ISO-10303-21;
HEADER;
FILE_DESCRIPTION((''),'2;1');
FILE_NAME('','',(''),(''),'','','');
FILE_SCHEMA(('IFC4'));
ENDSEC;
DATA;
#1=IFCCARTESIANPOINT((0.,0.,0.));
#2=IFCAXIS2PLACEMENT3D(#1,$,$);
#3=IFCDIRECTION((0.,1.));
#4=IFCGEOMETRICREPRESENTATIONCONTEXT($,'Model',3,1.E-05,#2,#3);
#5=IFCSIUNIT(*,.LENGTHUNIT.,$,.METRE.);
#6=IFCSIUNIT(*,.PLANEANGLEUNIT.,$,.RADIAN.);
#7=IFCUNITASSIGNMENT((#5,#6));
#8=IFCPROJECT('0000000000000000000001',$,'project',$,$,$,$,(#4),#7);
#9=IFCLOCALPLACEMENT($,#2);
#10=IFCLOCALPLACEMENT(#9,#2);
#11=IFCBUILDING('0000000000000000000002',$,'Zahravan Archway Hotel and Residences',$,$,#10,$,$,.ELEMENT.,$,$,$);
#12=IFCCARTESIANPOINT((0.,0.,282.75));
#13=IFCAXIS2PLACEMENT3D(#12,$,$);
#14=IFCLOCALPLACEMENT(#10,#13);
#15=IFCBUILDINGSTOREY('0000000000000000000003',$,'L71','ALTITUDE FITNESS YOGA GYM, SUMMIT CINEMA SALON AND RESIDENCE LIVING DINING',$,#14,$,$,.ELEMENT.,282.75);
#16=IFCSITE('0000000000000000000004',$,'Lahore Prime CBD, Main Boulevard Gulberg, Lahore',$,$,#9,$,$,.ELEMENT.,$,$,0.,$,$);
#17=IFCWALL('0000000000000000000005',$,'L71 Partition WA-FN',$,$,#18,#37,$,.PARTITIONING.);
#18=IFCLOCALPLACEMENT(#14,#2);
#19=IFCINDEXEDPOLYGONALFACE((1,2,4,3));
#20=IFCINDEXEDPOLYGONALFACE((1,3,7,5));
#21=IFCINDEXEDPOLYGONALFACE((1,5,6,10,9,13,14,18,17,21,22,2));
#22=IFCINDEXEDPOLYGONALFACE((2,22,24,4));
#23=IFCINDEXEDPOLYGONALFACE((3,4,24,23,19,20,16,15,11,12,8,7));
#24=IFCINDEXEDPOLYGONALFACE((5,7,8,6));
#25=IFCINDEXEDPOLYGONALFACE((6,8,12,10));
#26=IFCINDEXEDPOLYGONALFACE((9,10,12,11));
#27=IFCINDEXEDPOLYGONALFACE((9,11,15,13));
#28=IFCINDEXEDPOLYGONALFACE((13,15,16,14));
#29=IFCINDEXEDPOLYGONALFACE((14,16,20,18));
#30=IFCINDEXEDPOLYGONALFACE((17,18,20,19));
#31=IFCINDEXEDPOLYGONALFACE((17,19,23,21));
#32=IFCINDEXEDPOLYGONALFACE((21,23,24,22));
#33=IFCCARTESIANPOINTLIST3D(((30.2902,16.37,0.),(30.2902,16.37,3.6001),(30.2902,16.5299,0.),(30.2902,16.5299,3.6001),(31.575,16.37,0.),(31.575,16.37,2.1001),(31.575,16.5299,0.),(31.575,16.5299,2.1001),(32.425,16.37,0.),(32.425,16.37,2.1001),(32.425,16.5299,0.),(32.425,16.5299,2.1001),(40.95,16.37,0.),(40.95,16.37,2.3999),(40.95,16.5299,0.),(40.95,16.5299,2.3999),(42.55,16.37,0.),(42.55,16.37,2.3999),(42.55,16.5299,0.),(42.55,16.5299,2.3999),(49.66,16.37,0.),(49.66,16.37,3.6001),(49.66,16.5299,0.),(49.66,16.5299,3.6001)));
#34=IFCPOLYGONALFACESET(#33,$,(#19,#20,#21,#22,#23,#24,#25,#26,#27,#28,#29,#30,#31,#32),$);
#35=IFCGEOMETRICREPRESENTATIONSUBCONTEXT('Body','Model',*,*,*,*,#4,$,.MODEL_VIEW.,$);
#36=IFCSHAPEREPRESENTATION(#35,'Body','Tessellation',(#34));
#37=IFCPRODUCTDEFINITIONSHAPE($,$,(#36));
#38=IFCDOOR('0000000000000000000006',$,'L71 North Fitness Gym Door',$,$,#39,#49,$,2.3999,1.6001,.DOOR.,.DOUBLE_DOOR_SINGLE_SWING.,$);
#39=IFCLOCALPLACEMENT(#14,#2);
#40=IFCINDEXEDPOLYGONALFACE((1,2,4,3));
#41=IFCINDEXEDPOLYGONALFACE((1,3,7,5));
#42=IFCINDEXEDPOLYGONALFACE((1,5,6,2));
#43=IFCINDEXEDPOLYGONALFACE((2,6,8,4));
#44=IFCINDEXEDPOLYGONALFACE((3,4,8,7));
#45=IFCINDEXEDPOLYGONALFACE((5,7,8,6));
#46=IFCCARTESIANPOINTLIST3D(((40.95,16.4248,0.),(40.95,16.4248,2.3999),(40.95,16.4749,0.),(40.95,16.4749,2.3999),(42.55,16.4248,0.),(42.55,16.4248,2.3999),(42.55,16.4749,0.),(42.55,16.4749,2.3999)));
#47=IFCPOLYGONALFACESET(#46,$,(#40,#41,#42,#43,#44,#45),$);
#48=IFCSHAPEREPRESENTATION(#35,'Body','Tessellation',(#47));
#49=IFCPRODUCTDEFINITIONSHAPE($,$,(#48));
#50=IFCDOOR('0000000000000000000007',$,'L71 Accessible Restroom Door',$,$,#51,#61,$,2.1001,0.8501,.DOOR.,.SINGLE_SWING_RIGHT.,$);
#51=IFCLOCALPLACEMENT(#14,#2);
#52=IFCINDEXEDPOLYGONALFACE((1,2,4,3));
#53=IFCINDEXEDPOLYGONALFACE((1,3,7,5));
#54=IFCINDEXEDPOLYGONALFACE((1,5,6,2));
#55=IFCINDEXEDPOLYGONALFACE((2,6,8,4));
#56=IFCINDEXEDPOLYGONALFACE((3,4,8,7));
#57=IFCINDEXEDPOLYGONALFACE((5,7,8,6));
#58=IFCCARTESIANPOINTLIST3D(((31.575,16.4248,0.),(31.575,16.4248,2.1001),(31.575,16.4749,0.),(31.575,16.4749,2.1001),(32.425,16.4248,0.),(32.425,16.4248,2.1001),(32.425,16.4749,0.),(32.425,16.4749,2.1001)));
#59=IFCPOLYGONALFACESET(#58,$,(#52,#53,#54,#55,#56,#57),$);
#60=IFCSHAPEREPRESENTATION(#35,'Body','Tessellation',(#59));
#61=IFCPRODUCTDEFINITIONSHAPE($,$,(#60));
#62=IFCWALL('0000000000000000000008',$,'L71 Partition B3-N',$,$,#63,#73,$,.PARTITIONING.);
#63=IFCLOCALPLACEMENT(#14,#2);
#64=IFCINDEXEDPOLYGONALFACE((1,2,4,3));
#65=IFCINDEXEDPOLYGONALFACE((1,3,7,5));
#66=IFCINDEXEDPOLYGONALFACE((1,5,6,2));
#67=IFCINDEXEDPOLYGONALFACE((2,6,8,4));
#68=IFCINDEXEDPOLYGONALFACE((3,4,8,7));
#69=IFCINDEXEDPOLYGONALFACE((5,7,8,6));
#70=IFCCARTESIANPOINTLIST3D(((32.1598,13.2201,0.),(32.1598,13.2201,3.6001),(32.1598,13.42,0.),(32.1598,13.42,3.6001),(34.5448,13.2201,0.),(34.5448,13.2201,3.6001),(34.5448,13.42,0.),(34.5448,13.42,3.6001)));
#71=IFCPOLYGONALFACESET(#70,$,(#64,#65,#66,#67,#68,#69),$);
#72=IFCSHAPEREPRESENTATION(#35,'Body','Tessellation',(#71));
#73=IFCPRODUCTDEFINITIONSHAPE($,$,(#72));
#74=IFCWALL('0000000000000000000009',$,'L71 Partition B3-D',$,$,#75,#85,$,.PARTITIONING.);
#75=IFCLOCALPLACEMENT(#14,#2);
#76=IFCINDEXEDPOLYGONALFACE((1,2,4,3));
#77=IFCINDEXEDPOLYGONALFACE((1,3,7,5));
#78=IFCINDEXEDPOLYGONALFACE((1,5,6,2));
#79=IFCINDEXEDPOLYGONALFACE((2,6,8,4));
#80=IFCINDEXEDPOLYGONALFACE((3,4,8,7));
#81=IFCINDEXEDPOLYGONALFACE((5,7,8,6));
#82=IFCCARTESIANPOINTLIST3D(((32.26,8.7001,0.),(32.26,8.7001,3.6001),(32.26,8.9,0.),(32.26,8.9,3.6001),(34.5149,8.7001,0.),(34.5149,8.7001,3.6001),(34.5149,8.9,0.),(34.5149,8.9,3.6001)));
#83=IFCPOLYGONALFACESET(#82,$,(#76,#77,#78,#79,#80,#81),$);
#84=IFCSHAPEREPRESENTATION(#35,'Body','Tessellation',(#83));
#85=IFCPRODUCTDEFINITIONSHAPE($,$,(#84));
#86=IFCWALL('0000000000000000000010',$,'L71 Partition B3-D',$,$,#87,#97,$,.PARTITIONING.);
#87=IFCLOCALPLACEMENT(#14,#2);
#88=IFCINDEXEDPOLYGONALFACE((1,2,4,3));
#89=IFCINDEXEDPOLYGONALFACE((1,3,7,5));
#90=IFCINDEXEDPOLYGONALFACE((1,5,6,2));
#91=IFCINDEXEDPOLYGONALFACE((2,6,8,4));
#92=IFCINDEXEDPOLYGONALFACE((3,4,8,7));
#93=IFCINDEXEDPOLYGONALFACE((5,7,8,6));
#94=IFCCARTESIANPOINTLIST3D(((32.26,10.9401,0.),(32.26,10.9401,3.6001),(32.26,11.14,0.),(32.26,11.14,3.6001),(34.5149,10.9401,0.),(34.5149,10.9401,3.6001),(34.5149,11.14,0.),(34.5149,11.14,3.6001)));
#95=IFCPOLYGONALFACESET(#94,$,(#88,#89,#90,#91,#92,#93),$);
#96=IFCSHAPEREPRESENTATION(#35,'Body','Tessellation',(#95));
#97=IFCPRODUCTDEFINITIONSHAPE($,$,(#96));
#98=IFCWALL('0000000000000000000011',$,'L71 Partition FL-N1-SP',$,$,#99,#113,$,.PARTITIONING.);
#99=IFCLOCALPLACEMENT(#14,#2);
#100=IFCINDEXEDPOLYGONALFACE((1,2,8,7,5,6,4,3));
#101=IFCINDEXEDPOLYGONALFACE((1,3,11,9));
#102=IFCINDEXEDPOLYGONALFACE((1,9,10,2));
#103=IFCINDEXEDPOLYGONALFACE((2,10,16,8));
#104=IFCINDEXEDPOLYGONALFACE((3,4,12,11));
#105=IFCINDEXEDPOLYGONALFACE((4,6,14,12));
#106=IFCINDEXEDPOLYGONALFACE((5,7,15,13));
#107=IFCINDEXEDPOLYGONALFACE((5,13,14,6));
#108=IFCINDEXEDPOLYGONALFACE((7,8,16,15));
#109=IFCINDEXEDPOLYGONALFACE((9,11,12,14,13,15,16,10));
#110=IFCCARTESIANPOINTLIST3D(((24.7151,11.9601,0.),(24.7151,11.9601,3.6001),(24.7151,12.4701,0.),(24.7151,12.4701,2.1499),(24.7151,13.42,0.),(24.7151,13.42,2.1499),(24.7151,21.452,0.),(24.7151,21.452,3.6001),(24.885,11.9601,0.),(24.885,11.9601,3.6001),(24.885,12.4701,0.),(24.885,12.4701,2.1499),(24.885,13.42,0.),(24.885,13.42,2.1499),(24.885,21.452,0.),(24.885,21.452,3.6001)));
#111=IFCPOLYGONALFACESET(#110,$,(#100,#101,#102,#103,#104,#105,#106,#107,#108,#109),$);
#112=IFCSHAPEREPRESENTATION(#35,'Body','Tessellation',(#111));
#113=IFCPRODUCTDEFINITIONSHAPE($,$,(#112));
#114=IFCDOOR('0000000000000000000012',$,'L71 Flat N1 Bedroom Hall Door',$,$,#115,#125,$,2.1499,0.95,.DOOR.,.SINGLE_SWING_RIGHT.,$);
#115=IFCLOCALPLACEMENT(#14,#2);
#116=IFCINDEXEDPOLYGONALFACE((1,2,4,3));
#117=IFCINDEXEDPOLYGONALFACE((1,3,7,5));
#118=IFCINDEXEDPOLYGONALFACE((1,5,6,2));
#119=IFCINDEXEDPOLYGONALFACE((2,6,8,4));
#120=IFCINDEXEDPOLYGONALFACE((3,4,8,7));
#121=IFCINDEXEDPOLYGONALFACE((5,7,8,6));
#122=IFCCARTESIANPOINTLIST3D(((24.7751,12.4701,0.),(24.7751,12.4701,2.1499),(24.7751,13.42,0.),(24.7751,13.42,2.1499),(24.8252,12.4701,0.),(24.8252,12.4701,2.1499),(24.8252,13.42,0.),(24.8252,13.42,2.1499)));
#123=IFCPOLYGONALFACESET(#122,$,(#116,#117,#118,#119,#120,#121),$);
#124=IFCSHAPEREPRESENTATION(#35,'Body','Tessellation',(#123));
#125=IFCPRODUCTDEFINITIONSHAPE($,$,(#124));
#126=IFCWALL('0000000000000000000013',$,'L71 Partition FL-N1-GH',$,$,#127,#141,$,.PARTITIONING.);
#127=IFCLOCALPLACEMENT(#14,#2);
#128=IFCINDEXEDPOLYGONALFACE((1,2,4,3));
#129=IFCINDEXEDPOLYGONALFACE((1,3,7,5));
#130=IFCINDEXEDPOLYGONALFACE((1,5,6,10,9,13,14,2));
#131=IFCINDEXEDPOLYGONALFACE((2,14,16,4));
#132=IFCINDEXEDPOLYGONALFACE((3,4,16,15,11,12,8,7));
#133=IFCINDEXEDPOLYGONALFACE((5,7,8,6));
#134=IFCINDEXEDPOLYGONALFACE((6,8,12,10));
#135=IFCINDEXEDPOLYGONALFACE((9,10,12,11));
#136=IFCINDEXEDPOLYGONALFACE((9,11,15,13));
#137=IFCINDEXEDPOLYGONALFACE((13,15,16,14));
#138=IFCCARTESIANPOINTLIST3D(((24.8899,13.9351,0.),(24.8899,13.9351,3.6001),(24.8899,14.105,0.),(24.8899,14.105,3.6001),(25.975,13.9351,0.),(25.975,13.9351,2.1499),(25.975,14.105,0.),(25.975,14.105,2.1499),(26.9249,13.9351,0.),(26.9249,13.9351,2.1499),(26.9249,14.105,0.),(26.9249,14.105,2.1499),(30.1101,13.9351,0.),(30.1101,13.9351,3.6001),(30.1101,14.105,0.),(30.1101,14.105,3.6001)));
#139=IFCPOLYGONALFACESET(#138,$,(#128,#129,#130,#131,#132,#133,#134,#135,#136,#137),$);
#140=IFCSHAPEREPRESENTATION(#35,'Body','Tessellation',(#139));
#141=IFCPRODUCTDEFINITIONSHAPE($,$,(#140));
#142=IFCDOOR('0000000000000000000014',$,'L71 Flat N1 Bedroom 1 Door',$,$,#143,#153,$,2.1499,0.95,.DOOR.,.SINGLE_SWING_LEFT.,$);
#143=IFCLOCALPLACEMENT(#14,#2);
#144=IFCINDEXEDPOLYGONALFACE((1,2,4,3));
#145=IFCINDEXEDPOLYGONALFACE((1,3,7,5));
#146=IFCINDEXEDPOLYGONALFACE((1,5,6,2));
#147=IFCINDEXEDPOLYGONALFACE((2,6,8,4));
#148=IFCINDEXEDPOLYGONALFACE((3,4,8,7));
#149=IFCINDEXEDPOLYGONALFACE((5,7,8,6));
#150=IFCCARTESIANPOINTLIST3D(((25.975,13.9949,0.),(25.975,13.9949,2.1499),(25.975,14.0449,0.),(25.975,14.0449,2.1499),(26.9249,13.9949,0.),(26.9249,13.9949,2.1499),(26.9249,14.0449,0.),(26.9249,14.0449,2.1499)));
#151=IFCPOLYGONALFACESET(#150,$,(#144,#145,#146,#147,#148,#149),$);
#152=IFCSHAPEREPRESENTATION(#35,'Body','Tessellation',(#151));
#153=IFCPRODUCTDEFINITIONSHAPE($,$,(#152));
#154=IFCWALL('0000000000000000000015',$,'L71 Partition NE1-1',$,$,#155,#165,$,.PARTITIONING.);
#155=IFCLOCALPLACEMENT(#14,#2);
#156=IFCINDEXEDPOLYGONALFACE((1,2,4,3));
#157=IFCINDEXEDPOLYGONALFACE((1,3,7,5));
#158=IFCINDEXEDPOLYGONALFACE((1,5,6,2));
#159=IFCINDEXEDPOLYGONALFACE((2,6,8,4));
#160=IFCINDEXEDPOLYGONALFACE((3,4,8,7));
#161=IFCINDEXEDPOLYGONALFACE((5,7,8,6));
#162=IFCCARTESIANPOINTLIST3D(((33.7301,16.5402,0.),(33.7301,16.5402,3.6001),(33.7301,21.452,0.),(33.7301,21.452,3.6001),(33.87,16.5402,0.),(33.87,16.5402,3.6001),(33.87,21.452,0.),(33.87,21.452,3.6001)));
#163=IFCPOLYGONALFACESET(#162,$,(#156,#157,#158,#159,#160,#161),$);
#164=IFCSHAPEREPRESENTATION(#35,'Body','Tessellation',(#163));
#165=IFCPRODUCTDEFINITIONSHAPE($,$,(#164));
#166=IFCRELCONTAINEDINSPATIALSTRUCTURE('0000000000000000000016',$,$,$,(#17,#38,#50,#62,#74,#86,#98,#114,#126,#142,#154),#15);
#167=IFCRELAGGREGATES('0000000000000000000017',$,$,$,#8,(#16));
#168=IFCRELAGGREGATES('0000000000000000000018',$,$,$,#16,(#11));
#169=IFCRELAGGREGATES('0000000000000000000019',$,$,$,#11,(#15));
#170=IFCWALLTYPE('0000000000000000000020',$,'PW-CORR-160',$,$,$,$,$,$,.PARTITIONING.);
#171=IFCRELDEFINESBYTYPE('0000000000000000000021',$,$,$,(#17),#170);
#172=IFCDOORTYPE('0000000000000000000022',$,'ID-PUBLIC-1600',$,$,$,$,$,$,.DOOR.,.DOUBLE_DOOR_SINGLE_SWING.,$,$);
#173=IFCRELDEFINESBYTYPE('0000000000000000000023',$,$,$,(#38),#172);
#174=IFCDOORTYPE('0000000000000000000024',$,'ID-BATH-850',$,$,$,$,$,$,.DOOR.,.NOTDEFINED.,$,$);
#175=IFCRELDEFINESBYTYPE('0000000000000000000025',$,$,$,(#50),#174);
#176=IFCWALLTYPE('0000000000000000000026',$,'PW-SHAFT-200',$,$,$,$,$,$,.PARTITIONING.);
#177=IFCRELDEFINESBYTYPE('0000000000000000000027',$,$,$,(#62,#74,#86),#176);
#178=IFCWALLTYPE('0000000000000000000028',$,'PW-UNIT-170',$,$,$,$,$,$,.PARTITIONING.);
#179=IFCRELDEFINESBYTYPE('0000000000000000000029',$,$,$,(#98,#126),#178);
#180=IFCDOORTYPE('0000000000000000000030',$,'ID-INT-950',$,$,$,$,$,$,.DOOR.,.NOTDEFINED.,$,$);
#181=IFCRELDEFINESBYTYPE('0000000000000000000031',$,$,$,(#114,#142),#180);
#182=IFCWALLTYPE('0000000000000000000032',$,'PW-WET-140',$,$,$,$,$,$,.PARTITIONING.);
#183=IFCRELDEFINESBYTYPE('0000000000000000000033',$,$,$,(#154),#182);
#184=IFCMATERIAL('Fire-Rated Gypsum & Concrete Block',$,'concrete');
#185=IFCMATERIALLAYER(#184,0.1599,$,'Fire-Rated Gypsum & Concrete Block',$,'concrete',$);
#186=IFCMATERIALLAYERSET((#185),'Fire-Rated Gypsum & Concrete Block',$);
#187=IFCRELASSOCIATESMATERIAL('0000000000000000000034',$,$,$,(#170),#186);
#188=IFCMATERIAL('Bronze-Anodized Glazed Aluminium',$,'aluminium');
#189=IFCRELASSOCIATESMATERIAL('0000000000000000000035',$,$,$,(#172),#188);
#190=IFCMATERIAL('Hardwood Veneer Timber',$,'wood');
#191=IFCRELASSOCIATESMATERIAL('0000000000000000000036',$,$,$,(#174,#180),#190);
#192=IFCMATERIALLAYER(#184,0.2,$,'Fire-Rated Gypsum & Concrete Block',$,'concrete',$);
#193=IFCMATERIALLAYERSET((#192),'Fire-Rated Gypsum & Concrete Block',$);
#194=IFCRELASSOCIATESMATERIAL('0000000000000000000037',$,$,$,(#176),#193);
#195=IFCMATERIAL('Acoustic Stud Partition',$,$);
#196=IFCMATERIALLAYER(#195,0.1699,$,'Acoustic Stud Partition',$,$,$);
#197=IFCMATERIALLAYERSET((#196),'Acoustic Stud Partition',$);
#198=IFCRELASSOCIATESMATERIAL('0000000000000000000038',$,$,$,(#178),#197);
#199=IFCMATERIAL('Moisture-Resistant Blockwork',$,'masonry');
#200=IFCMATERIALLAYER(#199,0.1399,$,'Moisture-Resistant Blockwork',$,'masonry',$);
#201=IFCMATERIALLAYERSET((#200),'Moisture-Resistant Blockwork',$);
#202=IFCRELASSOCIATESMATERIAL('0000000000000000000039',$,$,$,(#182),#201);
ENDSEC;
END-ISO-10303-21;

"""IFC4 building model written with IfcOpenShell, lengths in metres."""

from ifc_helpers import new_model, si_unit, direction, frame, frame_2d, origin, place, context, subcontext, project, spatial, rectangle, extrude, source, transform, mapped, material, layer, layer_set, type_object, type_shapes, element, fill, save


model = new_model("IFC4")

# Units and contexts
model_context = context("Model", 3, precision=1e-05, world=origin(), true_north=direction((0.0, 1.0)))
body_context = subcontext(model_context, "Body", "Model", "MODEL_VIEW")
ifc_project = project(units=[si_unit("LENGTHUNIT", "METRE"), si_unit("PLANEANGLEUNIT", "RADIAN")], contexts=[model_context])

# Site, building, storey
site_placement = place(None, origin())
site = spatial("IfcSite", under=ifc_project, at=site_placement, Name="Lahore Prime CBD, Main Boulevard Gulberg, Lahore", CompositionType="ELEMENT", RefElevation=0.0)
building_placement = place(site_placement, origin())
building = spatial("IfcBuilding", under=site, at=building_placement, Name="Zahravan Archway Hotel and Residences", CompositionType="ELEMENT")
storey_placement = place(building_placement, frame((0.0, 0.0, 282.75)))
storey = spatial("IfcBuildingStorey", under=building, at=storey_placement, Name="L71", Description="ALTITUDE FITNESS YOGA GYM, SUMMIT CINEMA SALON AND RESIDENCE LIVING DINING", CompositionType="ELEMENT", Elevation=282.75)

# Shared definitions
ifc_material_1 = material(Name="Fire-Rated Gypsum & Concrete Block", Category="concrete")
ifc_layer_1 = layer(ifc_material_1, 0.1599, Name="Fire-Rated Gypsum & Concrete Block", Category="concrete")
ifc_layer_set_1 = layer_set([ifc_layer_1], Name="Fire-Rated Gypsum & Concrete Block")
wall_type_1 = type_object("IfcWallType", Name="PW-CORR-160", PredefinedType="PARTITIONING", material=ifc_layer_set_1)

# Wall, openings, doors
wall_1_placement = place(storey_placement, frame((30.29, 16.45, 0.0), z_axis=(0.0, 0.0, 1.0), x_axis=(1.0, 0.0, 0.0)))
wall_1 = element("IfcWall", 1, at=wall_1_placement, inside=storey, type_object=wall_type_1, Name="L71 Partition WA-FN", PredefinedType="PARTITIONING", context=body_context, shape_type="SweptSolid", body=[
    extrude(rectangle(XDim=19.3699, YDim=0.1599, at=frame_2d((9.6851, 0.0))), origin(), (0.0, 0.0, 1.0), 3.6001),
])
opening_1_placement = place(wall_1_placement, frame((1.2849, 0.0, 0.0)))
opening_1 = element("IfcOpeningElement", 2, at=opening_1_placement, cuts=wall_1, PredefinedType="OPENING", context=body_context, shape_type="SweptSolid", body=[
    extrude(rectangle(XDim=0.8501, YDim=2.1001, at=frame_2d((0.425, 1.05))), frame((0.0, 0.0898, 0.0), z_axis=(0.0, -1.0, 0.0), x_axis=(1.0, 0.0, 0.0)), (0.0, 0.0, 1.0), 0.1799),
])
opening_2_placement = place(wall_1_placement, frame((10.6599, 0.0, 0.0)))
opening_2 = element("IfcOpeningElement", 3, at=opening_2_placement, cuts=wall_1, PredefinedType="OPENING", context=body_context, shape_type="SweptSolid", body=[
    extrude(rectangle(XDim=1.6001, YDim=2.3999, at=frame_2d((0.8, 1.2))), frame((0.0, 0.0898, 0.0), z_axis=(0.0, -1.0, 0.0), x_axis=(1.0, 0.0, 0.0)), (0.0, 0.0, 1.0), 0.1799),
])
ifc_material_2 = material(Name="Bronze-Anodized Glazed Aluminium", Category="aluminium")
door_type_1 = type_object("IfcDoorType", Name="ID-PUBLIC-1600", OperationType="DOUBLE_DOOR_SINGLE_SWING", PredefinedType="DOOR", material=ifc_material_2)
shared_shape_1 = source(origin(), body_context, "Body", "SweptSolid", [
    extrude(rectangle(XDim=1.6001, YDim=2.3999, at=frame_2d((0.8, 1.2))), frame((0.0, 0.0249, 0.0), z_axis=(0.0, -1.0, 0.0), x_axis=(1.0, 0.0, 0.0)), (0.0, 0.0, 1.0), 0.05),
])
type_shapes(door_type_1, [shared_shape_1])
door_1_placement = place(opening_2_placement, origin())
door_1 = element("IfcDoor", 4, at=door_1_placement, inside=storey, type_object=door_type_1, Name="L71 North Fitness Gym Door", OperationType="DOUBLE_DOOR_SINGLE_SWING", OverallHeight=2.3999, OverallWidth=1.6001, PredefinedType="DOOR", context=body_context, shape_type="MappedRepresentation", body=[
    mapped(shared_shape_1, transform((0.0, 0.0, 0.0), scale=1.0)),
])
fill(opening_2, door_1)
ifc_material_3 = material(Name="Hardwood Veneer Timber", Category="wood")
door_type_2 = type_object("IfcDoorType", Name="ID-BATH-850", OperationType="NOTDEFINED", PredefinedType="DOOR", material=ifc_material_3)
shared_shape_2 = source(origin(), body_context, "Body", "SweptSolid", [
    extrude(rectangle(XDim=0.8501, YDim=2.1001, at=frame_2d((0.425, 1.05))), frame((0.0, 0.0249, 0.0), z_axis=(0.0, -1.0, 0.0), x_axis=(1.0, 0.0, 0.0)), (0.0, 0.0, 1.0), 0.05),
])
type_shapes(door_type_2, [shared_shape_2])
door_2_placement = place(opening_1_placement, origin())
door_2 = element("IfcDoor", 5, at=door_2_placement, inside=storey, type_object=door_type_2, Name="L71 Accessible Restroom Door", OperationType="SINGLE_SWING_RIGHT", OverallHeight=2.1001, OverallWidth=0.8501, PredefinedType="DOOR", context=body_context, shape_type="MappedRepresentation", body=[
    mapped(shared_shape_2, transform((0.0, 0.0, 0.0), scale=1.0)),
])
fill(opening_1, door_2)

# Walls
ifc_layer_2 = layer(ifc_material_1, 0.2, Name="Fire-Rated Gypsum & Concrete Block", Category="concrete")
ifc_layer_set_2 = layer_set([ifc_layer_2], Name="Fire-Rated Gypsum & Concrete Block")
wall_type_2 = type_object("IfcWallType", Name="PW-SHAFT-200", PredefinedType="PARTITIONING", material=ifc_layer_set_2)
wall_2_placement = place(storey_placement, frame((32.1599, 13.3201, 0.0), z_axis=(0.0, 0.0, 1.0), x_axis=(1.0, 0.0, 0.0)))
element("IfcWall", 6, at=wall_2_placement, inside=storey, type_object=wall_type_2, Name="L71 Partition B3-N", PredefinedType="PARTITIONING", context=body_context, shape_type="SweptSolid", body=[
    extrude(rectangle(XDim=2.385, YDim=0.2, at=frame_2d((1.1924, 0.0))), origin(), (0.0, 0.0, 1.0), 3.6001),
])
for number, where, z_axis, x_axis, name in (
    (7, (32.26, 8.8, 0.0), (0.0, 0.0, 1.0), (1.0, 0.0, 0.0), "L71 Partition B3-D"),
    (8, (32.26, 11.04, 0.0), (0.0, 0.0, 1.0), (1.0, 0.0, 0.0), "L71 Partition B3-D"),
):
    element("IfcWall", number, at=place(storey_placement, frame(where, z_axis=z_axis, x_axis=x_axis)), inside=storey, type_object=wall_type_2, Name=name, PredefinedType="PARTITIONING", context=body_context, shape_type="SweptSolid", body=[
        extrude(rectangle(XDim=2.2549, YDim=0.2, at=frame_2d((1.1274, 0.0))), origin(), (0.0, 0.0, 1.0), 3.6001),
    ])

# Walls, openings, doors
ifc_material_4 = material(Name="Acoustic Stud Partition")
ifc_layer_3 = layer(ifc_material_4, 0.1699, Name="Acoustic Stud Partition")
ifc_layer_set_3 = layer_set([ifc_layer_3], Name="Acoustic Stud Partition")
wall_type_3 = type_object("IfcWallType", Name="PW-UNIT-170", PredefinedType="PARTITIONING", material=ifc_layer_set_3)
wall_3_placement = place(storey_placement, frame((24.8, 11.96, 0.0), z_axis=(0.0, 0.0, 1.0), x_axis=(0.0, 1.0, 0.0)))
wall_3 = element("IfcWall", 9, at=wall_3_placement, inside=storey, type_object=wall_type_3, Name="L71 Partition FL-N1-SP", PredefinedType="PARTITIONING", context=body_context, shape_type="SweptSolid", body=[
    extrude(rectangle(XDim=9.4919, YDim=0.1699, at=frame_2d((4.7461, 0.0))), origin(), (0.0, 0.0, 1.0), 3.6001),
])
opening_3_placement = place(wall_3_placement, frame((0.51, 0.0, 0.0)))
opening_3 = element("IfcOpeningElement", 10, at=opening_3_placement, cuts=wall_3, PredefinedType="OPENING", context=body_context, shape_type="SweptSolid", body=[
    extrude(rectangle(XDim=0.95, YDim=2.1499, at=frame_2d((0.4751, 1.075))), frame((0.0, 0.095, 0.0), z_axis=(0.0, -1.0, 0.0), x_axis=(1.0, 0.0, 0.0)), (0.0, 0.0, 1.0), 0.1899),
])
door_type_3 = type_object("IfcDoorType", Name="ID-INT-950", OperationType="NOTDEFINED", PredefinedType="DOOR", material=ifc_material_3)
shared_shape_3 = source(origin(), body_context, "Body", "SweptSolid", [
    extrude(rectangle(XDim=0.95, YDim=2.1499, at=frame_2d((0.4751, 1.075))), frame((0.0, 0.0249, 0.0), z_axis=(0.0, -1.0, 0.0), x_axis=(1.0, 0.0, 0.0)), (0.0, 0.0, 1.0), 0.05),
])
type_shapes(door_type_3, [shared_shape_3])
door_3_placement = place(opening_3_placement, origin())
door_3 = element("IfcDoor", 11, at=door_3_placement, inside=storey, type_object=door_type_3, Name="L71 Flat N1 Bedroom Hall Door", OperationType="SINGLE_SWING_RIGHT", OverallHeight=2.1499, OverallWidth=0.95, PredefinedType="DOOR", context=body_context, shape_type="MappedRepresentation", body=[
    mapped(shared_shape_3, transform((0.0, 0.0, 0.0), scale=1.0)),
])
fill(opening_3, door_3)
wall_4_placement = place(storey_placement, frame((24.8899, 14.02, 0.0), z_axis=(0.0, 0.0, 1.0), x_axis=(1.0, 0.0, 0.0)))
wall_4 = element("IfcWall", 12, at=wall_4_placement, inside=storey, type_object=wall_type_3, Name="L71 Partition FL-N1-GH", PredefinedType="PARTITIONING", context=body_context, shape_type="SweptSolid", body=[
    extrude(rectangle(XDim=5.2202, YDim=0.1699, at=frame_2d((2.6101, 0.0))), origin(), (0.0, 0.0, 1.0), 3.6001),
])
opening_4_placement = place(wall_4_placement, frame((1.085, 0.0, 0.0)))
opening_4 = element("IfcOpeningElement", 13, at=opening_4_placement, cuts=wall_4, PredefinedType="OPENING", context=body_context, shape_type="SweptSolid", body=[
    extrude(rectangle(XDim=0.95, YDim=2.1499, at=frame_2d((0.4751, 1.075))), frame((0.0, 0.095, 0.0), z_axis=(0.0, -1.0, 0.0), x_axis=(1.0, 0.0, 0.0)), (0.0, 0.0, 1.0), 0.1899),
])
door_4_placement = place(opening_4_placement, origin())
door_4 = element("IfcDoor", 14, at=door_4_placement, inside=storey, type_object=door_type_3, Name="L71 Flat N1 Bedroom 1 Door", OperationType="SINGLE_SWING_LEFT", OverallHeight=2.1499, OverallWidth=0.95, PredefinedType="DOOR", context=body_context, shape_type="MappedRepresentation", body=[
    mapped(shared_shape_3, transform((0.0, 0.0, 0.0), scale=1.0)),
])
fill(opening_4, door_4)

# Wall
ifc_material_5 = material(Name="Moisture-Resistant Blockwork", Category="masonry")
ifc_layer_4 = layer(ifc_material_5, 0.1399, Name="Moisture-Resistant Blockwork", Category="masonry")
ifc_layer_set_4 = layer_set([ifc_layer_4], Name="Moisture-Resistant Blockwork")
wall_type_4 = type_object("IfcWallType", Name="PW-WET-140", PredefinedType="PARTITIONING", material=ifc_layer_set_4)
wall_5_placement = place(storey_placement, frame((33.8, 16.54, 0.0), z_axis=(0.0, 0.0, 1.0), x_axis=(0.0, 1.0, 0.0)))
element("IfcWall", 15, at=wall_5_placement, inside=storey, type_object=wall_type_4, Name="L71 Partition NE1-1", PredefinedType="PARTITIONING", context=body_context, shape_type="SweptSolid", body=[
    extrude(rectangle(XDim=4.9119, YDim=0.1399, at=frame_2d((2.4561, 0.0))), origin(), (0.0, 0.0, 1.0), 3.6001),
])

save(model, "model.ifc")
